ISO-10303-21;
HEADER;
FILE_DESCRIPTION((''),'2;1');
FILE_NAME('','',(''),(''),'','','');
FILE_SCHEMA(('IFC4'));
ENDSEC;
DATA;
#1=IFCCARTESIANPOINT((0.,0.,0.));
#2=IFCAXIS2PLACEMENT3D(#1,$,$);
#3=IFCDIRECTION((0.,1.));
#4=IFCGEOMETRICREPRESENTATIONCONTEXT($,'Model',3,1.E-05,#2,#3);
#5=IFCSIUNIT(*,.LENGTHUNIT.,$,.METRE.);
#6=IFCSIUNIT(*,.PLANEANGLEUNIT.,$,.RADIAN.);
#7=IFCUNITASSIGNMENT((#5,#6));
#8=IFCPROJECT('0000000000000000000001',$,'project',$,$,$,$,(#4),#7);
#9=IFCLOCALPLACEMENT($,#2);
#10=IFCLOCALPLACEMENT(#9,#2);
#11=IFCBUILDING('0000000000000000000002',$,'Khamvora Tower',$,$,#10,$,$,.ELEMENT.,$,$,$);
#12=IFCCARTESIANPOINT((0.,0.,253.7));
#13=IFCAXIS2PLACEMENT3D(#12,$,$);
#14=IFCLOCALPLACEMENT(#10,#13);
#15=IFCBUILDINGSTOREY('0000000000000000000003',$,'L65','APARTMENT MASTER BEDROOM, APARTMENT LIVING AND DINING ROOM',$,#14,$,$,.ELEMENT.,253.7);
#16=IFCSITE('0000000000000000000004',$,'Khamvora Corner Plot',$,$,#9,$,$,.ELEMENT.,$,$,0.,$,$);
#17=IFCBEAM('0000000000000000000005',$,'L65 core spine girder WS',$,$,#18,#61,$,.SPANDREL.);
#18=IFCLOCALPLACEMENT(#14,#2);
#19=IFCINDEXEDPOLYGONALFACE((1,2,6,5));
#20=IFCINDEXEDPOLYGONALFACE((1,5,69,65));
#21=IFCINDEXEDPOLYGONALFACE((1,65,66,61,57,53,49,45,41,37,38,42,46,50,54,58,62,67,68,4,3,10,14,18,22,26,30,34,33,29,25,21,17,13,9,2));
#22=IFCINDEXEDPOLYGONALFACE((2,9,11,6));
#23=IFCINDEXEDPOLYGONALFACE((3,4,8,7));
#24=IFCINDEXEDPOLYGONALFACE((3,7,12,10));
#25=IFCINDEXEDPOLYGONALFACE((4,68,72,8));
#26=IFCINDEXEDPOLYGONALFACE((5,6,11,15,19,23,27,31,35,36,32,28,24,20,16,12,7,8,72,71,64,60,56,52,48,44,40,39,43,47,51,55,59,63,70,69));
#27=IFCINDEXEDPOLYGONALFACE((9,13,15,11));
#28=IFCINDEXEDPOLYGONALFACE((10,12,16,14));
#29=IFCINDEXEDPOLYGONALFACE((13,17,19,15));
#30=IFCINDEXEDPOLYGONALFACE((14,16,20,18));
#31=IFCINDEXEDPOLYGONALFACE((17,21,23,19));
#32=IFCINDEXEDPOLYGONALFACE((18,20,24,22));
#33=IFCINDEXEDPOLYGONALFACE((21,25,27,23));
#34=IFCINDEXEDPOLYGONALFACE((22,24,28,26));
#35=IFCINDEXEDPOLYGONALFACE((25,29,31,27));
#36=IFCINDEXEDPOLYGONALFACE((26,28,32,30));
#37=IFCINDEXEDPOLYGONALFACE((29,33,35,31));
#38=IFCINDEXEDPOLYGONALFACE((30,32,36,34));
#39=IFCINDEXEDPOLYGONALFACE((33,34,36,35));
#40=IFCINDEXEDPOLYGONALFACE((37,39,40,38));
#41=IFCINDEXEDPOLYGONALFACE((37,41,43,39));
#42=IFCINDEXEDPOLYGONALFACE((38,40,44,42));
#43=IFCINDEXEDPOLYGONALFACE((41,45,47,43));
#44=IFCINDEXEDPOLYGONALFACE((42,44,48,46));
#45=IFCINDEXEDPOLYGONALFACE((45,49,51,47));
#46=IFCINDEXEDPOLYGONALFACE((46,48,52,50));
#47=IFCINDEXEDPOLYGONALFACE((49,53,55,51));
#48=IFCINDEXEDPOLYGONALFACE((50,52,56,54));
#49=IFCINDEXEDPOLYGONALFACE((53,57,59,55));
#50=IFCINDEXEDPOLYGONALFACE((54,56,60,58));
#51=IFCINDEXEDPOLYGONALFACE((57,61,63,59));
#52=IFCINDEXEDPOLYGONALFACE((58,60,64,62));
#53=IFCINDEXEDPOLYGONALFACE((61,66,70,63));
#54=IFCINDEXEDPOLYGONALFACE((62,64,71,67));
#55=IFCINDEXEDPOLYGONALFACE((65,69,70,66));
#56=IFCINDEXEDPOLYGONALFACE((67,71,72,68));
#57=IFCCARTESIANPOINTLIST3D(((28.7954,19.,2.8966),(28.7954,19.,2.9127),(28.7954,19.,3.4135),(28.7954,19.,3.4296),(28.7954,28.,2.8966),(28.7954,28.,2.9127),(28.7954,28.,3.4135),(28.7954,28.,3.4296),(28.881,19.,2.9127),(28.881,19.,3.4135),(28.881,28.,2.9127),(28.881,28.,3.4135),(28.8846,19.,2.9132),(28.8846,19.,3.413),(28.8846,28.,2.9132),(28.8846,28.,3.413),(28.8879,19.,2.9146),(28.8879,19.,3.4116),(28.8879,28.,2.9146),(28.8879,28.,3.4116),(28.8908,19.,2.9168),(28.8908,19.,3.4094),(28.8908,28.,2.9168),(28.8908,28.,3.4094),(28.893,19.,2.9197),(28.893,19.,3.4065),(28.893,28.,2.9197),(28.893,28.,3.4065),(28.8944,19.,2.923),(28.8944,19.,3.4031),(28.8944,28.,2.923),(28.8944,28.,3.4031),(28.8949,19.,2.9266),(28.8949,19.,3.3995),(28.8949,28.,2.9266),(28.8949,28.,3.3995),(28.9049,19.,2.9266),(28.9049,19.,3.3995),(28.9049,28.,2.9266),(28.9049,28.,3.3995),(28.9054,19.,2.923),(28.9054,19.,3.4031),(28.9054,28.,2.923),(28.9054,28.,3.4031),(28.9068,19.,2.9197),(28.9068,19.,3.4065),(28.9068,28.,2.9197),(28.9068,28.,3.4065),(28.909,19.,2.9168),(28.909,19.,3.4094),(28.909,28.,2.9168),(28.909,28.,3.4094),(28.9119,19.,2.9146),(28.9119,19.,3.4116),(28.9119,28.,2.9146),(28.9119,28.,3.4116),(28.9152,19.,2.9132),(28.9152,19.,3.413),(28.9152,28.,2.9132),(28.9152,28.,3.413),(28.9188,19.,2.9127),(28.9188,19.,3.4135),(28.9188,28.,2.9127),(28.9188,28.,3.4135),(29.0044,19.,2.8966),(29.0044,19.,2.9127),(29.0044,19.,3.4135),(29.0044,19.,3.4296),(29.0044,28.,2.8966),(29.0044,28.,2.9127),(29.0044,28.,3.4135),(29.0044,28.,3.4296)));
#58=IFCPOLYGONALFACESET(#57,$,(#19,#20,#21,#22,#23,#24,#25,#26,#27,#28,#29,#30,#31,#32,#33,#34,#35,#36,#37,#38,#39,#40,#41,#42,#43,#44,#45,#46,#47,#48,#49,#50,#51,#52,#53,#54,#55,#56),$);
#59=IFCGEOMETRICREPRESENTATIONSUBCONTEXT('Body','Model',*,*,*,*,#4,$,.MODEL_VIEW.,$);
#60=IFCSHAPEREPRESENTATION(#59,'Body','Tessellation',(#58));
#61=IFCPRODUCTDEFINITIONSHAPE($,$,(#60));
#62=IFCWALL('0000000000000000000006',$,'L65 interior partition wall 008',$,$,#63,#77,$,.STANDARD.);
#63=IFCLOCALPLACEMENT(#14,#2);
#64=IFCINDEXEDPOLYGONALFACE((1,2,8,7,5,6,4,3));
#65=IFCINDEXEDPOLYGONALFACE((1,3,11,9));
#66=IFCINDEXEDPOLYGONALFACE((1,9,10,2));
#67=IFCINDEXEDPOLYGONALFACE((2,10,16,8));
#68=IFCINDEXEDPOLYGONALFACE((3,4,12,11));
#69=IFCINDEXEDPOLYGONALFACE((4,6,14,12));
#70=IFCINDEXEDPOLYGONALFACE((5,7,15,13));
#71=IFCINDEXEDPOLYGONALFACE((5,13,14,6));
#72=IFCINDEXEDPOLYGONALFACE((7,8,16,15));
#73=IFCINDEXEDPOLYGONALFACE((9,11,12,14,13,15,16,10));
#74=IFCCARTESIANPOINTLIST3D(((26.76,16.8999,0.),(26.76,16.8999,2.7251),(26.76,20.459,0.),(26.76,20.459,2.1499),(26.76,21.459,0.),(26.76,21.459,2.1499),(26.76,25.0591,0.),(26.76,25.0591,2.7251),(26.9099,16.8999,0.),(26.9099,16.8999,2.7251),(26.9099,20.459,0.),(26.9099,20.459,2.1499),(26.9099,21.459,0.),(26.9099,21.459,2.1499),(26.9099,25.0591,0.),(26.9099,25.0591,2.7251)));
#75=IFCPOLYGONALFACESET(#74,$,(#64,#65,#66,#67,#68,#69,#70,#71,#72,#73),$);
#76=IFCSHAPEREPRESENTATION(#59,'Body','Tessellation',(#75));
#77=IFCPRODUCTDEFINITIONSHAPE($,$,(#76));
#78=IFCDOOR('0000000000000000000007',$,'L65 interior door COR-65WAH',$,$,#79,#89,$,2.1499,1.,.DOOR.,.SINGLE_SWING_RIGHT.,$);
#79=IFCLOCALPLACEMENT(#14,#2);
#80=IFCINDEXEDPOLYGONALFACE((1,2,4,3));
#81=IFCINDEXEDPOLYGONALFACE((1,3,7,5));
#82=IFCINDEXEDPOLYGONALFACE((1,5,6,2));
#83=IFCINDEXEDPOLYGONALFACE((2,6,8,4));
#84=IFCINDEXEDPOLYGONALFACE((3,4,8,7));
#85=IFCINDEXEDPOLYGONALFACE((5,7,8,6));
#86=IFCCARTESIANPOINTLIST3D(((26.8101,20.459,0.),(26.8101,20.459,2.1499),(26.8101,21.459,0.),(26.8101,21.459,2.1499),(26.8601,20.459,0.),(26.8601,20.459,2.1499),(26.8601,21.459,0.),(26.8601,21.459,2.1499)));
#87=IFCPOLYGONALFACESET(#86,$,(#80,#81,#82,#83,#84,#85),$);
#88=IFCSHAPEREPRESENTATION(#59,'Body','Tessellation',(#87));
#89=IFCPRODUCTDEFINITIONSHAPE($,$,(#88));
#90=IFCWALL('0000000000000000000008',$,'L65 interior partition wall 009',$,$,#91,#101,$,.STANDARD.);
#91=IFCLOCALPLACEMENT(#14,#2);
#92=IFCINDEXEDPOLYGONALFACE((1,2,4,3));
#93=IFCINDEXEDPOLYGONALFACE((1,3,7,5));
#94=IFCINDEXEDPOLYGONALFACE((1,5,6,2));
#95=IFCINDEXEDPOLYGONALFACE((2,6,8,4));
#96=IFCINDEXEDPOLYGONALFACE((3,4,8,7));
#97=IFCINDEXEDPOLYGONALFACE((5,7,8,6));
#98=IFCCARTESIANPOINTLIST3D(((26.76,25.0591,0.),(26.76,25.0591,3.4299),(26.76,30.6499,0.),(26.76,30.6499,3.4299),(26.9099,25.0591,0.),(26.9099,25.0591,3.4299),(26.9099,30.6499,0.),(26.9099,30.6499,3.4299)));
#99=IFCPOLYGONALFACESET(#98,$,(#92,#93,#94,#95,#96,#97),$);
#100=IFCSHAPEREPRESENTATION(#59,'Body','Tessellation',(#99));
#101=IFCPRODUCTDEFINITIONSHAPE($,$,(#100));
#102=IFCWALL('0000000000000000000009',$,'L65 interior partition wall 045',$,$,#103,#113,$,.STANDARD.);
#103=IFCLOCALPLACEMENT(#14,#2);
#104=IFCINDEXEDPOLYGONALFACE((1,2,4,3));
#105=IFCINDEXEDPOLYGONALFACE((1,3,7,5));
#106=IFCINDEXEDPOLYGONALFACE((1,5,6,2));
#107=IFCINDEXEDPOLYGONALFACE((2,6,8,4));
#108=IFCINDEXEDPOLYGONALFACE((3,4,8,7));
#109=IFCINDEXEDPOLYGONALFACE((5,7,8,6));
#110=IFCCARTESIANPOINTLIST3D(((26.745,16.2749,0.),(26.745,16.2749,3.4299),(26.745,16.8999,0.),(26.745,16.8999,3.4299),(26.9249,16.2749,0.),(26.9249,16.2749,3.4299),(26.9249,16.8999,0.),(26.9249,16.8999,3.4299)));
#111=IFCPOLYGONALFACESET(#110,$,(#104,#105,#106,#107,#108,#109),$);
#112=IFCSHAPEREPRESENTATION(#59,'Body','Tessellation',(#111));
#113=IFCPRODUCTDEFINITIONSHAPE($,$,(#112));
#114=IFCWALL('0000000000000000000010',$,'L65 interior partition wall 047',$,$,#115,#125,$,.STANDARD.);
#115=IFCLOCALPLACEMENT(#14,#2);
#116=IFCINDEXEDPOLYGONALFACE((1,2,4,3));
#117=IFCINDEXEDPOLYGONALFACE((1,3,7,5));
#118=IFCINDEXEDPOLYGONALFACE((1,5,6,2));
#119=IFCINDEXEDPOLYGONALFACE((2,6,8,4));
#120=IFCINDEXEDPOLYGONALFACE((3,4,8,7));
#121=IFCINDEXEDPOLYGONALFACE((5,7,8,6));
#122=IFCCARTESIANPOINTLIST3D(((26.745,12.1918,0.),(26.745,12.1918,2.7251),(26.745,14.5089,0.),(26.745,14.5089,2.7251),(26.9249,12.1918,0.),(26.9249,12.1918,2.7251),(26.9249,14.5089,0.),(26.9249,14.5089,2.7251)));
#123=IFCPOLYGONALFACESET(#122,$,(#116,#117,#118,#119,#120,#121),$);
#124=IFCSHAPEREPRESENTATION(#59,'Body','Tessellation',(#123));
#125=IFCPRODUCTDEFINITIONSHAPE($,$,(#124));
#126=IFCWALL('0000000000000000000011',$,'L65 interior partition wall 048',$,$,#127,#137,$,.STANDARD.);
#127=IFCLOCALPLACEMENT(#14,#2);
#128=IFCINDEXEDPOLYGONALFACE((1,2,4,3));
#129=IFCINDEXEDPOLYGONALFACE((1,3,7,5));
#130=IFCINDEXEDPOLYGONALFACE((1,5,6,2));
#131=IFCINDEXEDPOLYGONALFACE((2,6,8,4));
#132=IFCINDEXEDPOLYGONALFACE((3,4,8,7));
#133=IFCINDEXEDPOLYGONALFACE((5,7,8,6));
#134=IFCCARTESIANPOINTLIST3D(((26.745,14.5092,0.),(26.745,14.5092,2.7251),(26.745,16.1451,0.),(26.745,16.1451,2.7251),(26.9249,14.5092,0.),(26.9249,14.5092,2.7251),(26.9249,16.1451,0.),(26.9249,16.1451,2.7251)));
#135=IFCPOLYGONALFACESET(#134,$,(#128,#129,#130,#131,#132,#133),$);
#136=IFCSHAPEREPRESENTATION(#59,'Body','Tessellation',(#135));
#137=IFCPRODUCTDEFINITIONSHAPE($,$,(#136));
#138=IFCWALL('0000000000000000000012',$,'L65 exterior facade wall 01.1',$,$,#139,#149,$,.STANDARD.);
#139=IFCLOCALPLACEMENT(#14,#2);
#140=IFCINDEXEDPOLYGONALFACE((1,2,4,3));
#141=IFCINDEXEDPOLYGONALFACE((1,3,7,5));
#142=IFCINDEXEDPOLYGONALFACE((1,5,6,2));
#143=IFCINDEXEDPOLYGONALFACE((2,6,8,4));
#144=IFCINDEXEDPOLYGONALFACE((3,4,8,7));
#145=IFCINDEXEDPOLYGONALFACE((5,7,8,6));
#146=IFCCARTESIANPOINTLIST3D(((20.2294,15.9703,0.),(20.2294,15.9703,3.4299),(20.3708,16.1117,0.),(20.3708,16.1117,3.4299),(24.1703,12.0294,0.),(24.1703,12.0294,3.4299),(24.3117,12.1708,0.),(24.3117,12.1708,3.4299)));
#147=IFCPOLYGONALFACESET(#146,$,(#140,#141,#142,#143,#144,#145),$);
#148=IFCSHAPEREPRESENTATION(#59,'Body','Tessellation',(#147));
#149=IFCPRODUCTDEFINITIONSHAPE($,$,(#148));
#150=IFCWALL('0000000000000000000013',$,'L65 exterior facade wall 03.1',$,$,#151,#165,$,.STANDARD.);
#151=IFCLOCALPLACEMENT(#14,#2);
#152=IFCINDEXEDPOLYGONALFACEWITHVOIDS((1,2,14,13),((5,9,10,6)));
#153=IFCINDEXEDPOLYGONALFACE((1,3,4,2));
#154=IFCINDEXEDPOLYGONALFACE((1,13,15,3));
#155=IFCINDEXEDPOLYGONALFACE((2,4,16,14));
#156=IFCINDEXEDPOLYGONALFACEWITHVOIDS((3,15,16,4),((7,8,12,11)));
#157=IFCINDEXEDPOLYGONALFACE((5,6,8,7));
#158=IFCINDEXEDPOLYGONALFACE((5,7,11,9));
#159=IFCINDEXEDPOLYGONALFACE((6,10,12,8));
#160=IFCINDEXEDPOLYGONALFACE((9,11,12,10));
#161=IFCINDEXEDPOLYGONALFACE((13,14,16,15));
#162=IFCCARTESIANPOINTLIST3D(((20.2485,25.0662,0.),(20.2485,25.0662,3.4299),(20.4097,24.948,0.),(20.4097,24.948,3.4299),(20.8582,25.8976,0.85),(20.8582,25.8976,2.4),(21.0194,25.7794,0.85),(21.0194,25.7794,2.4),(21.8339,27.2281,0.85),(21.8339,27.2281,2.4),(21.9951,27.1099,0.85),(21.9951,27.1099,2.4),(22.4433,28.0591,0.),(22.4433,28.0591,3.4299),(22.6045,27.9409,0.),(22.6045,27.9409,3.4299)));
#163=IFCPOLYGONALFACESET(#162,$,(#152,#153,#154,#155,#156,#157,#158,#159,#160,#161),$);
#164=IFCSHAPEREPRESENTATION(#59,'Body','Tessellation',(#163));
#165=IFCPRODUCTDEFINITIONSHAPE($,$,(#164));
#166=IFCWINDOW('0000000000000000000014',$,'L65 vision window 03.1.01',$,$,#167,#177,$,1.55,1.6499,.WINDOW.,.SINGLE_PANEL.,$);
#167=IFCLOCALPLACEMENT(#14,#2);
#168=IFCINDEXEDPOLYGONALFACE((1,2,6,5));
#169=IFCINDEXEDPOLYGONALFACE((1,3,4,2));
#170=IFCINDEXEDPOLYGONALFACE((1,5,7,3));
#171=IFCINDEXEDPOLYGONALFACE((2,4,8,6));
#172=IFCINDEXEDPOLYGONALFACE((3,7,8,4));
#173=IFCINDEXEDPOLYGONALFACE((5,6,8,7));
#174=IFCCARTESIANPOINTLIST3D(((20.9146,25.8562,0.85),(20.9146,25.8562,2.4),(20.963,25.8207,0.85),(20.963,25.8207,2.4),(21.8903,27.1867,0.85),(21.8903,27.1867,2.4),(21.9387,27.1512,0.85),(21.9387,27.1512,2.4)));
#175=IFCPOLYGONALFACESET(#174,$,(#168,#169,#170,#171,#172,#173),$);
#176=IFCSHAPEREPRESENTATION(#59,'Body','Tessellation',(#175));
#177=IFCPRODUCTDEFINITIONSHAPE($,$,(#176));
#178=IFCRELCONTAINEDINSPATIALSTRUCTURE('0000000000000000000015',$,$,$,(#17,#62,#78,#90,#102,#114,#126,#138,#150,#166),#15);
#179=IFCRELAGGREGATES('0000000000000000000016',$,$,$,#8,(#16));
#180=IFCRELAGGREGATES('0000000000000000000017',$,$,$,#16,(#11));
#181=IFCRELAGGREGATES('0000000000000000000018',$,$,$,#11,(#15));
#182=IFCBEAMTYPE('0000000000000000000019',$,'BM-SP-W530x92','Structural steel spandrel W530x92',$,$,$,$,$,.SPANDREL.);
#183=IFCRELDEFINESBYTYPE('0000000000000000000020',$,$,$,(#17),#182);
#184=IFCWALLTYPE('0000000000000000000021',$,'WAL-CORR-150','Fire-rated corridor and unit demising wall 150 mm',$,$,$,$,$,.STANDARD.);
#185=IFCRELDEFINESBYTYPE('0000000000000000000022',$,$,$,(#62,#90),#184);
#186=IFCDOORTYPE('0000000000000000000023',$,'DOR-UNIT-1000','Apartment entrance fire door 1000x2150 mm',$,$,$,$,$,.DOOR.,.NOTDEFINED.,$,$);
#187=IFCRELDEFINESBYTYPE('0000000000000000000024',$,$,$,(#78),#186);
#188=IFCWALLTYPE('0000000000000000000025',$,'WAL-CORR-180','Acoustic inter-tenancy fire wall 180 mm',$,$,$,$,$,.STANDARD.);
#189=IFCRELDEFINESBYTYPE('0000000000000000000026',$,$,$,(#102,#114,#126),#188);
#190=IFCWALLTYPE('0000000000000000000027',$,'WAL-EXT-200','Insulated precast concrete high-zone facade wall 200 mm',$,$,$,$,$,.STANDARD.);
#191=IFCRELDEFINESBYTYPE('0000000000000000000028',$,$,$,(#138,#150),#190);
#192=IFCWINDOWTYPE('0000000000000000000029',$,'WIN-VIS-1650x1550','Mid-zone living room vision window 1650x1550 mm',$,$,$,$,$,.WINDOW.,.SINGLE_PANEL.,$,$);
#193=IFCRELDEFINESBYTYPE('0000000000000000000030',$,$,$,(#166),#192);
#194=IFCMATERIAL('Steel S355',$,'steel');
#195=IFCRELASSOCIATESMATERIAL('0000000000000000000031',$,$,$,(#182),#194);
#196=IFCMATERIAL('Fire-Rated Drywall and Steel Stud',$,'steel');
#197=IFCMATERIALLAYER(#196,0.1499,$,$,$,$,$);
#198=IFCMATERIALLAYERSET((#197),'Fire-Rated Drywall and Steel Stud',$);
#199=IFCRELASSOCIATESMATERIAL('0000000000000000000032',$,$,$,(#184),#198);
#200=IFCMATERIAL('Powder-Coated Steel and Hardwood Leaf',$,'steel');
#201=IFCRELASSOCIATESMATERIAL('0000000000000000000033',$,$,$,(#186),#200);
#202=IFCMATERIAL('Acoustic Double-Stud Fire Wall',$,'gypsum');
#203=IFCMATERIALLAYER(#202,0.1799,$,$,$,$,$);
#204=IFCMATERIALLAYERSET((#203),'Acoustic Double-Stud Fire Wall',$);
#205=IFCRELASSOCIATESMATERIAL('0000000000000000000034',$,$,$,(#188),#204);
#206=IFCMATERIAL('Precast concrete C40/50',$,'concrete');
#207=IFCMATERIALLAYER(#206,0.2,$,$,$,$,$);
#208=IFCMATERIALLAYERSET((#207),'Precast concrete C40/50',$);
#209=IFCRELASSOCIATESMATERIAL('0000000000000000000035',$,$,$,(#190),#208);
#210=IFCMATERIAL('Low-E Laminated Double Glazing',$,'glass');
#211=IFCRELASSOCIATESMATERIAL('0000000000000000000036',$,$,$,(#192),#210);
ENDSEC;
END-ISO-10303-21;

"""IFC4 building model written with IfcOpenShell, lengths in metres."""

from ifc_helpers import new_model, si_unit, direction, frame, frame_2d, origin, origin_2d, place, context, subcontext, project, spatial, rectangle, i_section, extrude, material, layer, layer_set, material_profile, profile_set, type_object, element, fill, save


model = new_model("IFC4")

# Units and contexts
model_context = context("Model", 3, precision=1e-05, world=origin(), true_north=direction((0.0, 1.0)))
body_context = subcontext(model_context, "Body", "Model", "MODEL_VIEW")
ifc_project = project(units=[si_unit("LENGTHUNIT", "METRE"), si_unit("PLANEANGLEUNIT", "RADIAN")], contexts=[model_context])

# Site, building, storey
site_placement = place(None, origin())
site = spatial("IfcSite", under=ifc_project, at=site_placement, Name="Khamvora Corner Plot", CompositionType="ELEMENT", RefElevation=0.0)
building_placement = place(site_placement, origin())
building = spatial("IfcBuilding", under=site, at=building_placement, Name="Khamvora Tower", CompositionType="ELEMENT")
storey_placement = place(building_placement, frame((0.0, 0.0, 253.7)))
storey = spatial("IfcBuildingStorey", under=building, at=storey_placement, Name="L65", Description="APARTMENT MASTER BEDROOM, APARTMENT LIVING AND DINING ROOM", CompositionType="ELEMENT", Elevation=253.7)

# Shared definitions
ifc_material_1 = material(Name="Steel S355", Category="steel")

# Beam
ifc_material_profile_1 = material_profile(ifc_material_1, i_section(OverallWidth=0.209, OverallDepth=0.533, WebThickness=0.01, FlangeThickness=0.0161, FilletRadius=0.0139, at=origin_2d()), Name="W530x92")
ifc_profile_set_1 = profile_set([ifc_material_profile_1], Name="Steel S355")
beam_type_1 = type_object("IfcBeamType", Name="BM-SP-W530x92", Description="Structural steel spandrel W530x92", PredefinedType="SPANDREL", material=ifc_profile_set_1)
beam_1_placement = place(storey_placement, frame((28.8999, 19.0, 3.1631), z_axis=(0.0, 1.0, 0.0), x_axis=(-1.0, 0.0, 0.0)))
element("IfcBeam", 1, at=beam_1_placement, inside=storey, type_object=beam_type_1, Name="L65 core spine girder WS", PredefinedType="SPANDREL", context=body_context, shape_type="SweptSolid", body=[
    extrude(i_section(OverallWidth=0.209, OverallDepth=0.533, WebThickness=0.01, FlangeThickness=0.0161, FilletRadius=0.0139, at=origin_2d()), origin(), (0.0, 0.0, 1.0), 9.0),
])

# Wall, opening, door
ifc_material_2 = material(Name="Fire-Rated Drywall and Steel Stud", Category="steel")
ifc_layer_1 = layer(ifc_material_2, 0.1499)
ifc_layer_set_1 = layer_set([ifc_layer_1], Name="Fire-Rated Drywall and Steel Stud")
wall_type_1 = type_object("IfcWallType", Name="WAL-CORR-150", Description="Fire-rated corridor and unit demising wall 150 mm", PredefinedType="STANDARD", material=ifc_layer_set_1)
wall_1_placement = place(storey_placement, frame((26.835, 16.8999, 0.0), z_axis=(0.0, 0.0, 1.0), x_axis=(0.0, 1.0, 0.0)))
wall_1 = element("IfcWall", 2, at=wall_1_placement, inside=storey, type_object=wall_type_1, Name="L65 interior partition wall 008", PredefinedType="STANDARD", context=body_context, shape_type="SweptSolid", body=[
    extrude(rectangle(XDim=8.1592, YDim=0.1499, at=frame_2d((4.0796, 0.0))), origin(), (0.0, 0.0, 1.0), 2.7251),
])
opening_1_placement = place(wall_1_placement, frame((3.5591, 0.0, 0.0)))
opening_1 = element("IfcOpeningElement", 3, at=opening_1_placement, cuts=wall_1, PredefinedType="OPENING", context=body_context, shape_type="SweptSolid", body=[
    extrude(rectangle(XDim=1.0, YDim=2.1499, at=frame_2d((0.5, 1.075))), frame((0.0, 0.085, 0.0), z_axis=(0.0, -1.0, 0.0), x_axis=(1.0, 0.0, 0.0)), (0.0, 0.0, 1.0), 0.1699),
])
ifc_material_3 = material(Name="Powder-Coated Steel and Hardwood Leaf", Category="steel")
door_type_1 = type_object("IfcDoorType", Name="DOR-UNIT-1000", Description="Apartment entrance fire door 1000x2150 mm", OperationType="NOTDEFINED", PredefinedType="DOOR", material=ifc_material_3)
door_1_placement = place(opening_1_placement, origin())
door_1 = element("IfcDoor", 4, at=door_1_placement, inside=storey, type_object=door_type_1, Name="L65 interior door COR-65WAH", OperationType="SINGLE_SWING_RIGHT", OverallHeight=2.1499, OverallWidth=1.0, PredefinedType="DOOR", context=body_context, shape_type="SweptSolid", body=[
    extrude(rectangle(XDim=1.0, YDim=2.1499, at=frame_2d((0.5, 1.075))), frame((0.0, 0.0249, 0.0), z_axis=(0.0, -1.0, 0.0), x_axis=(1.0, 0.0, 0.0)), (0.0, 0.0, 1.0), 0.05),
])
fill(opening_1, door_1)

# Walls
wall_2_placement = place(storey_placement, frame((26.835, 25.0591, 0.0), z_axis=(0.0, 0.0, 1.0), x_axis=(0.0, 1.0, 0.0)))
element("IfcWall", 5, at=wall_2_placement, inside=storey, type_object=wall_type_1, Name="L65 interior partition wall 009", PredefinedType="STANDARD", context=body_context, shape_type="SweptSolid", body=[
    extrude(rectangle(XDim=5.5908, YDim=0.1499, at=frame_2d((2.7954, 0.0))), origin(), (0.0, 0.0, 1.0), 3.4299),
])
ifc_material_4 = material(Name="Acoustic Double-Stud Fire Wall", Category="gypsum")
ifc_layer_2 = layer(ifc_material_4, 0.1799)
ifc_layer_set_2 = layer_set([ifc_layer_2], Name="Acoustic Double-Stud Fire Wall")
wall_type_2 = type_object("IfcWallType", Name="WAL-CORR-180", Description="Acoustic inter-tenancy fire wall 180 mm", PredefinedType="STANDARD", material=ifc_layer_set_2)
wall_3_placement = place(storey_placement, frame((26.835, 16.8999, 0.0), z_axis=(0.0, 0.0, 1.0), x_axis=(0.0, -1.0, 0.0)))
element("IfcWall", 6, at=wall_3_placement, inside=storey, type_object=wall_type_2, Name="L65 interior partition wall 045", PredefinedType="STANDARD", context=body_context, shape_type="SweptSolid", body=[
    extrude(rectangle(XDim=0.625, YDim=0.1799, at=frame_2d((0.3125, 0.0))), origin(), (0.0, 0.0, 1.0), 3.4299),
])
wall_4_placement = place(storey_placement, frame((26.835, 14.509, 0.0), z_axis=(0.0, 0.0, 1.0), x_axis=(0.0, -1.0, 0.0)))
element("IfcWall", 7, at=wall_4_placement, inside=storey, type_object=wall_type_2, Name="L65 interior partition wall 047", PredefinedType="STANDARD", context=body_context, shape_type="SweptSolid", body=[
    extrude(rectangle(XDim=2.3171, YDim=0.1799, at=frame_2d((1.1587, 0.0))), origin(), (0.0, 0.0, 1.0), 2.7251),
])
wall_5_placement = place(storey_placement, frame((26.835, 16.145, 0.0), z_axis=(0.0, 0.0, 1.0), x_axis=(0.0, -1.0, 0.0)))
element("IfcWall", 8, at=wall_5_placement, inside=storey, type_object=wall_type_2, Name="L65 interior partition wall 048", PredefinedType="STANDARD", context=body_context, shape_type="SweptSolid", body=[
    extrude(rectangle(XDim=1.636, YDim=0.1799, at=frame_2d((0.8179, 0.0))), origin(), (0.0, 0.0, 1.0), 2.7251),
])
ifc_material_5 = material(Name="Precast concrete C40/50", Category="concrete")
ifc_layer_3 = layer(ifc_material_5, 0.2)
ifc_layer_set_3 = layer_set([ifc_layer_3], Name="Precast concrete C40/50")
wall_type_3 = type_object("IfcWallType", Name="WAL-EXT-200", Description="Insulated precast concrete high-zone facade wall 200 mm", PredefinedType="STANDARD", material=ifc_layer_set_3)
wall_6_placement = place(storey_placement, frame((24.241, 12.1001, 0.0), z_axis=(0.0, 0.0, 1.0), x_axis=(-0.707107, 0.707107, 0.0)))
element("IfcWall", 9, at=wall_6_placement, inside=storey, type_object=wall_type_3, Name="L65 exterior facade wall 01.1", PredefinedType="STANDARD", context=body_context, shape_type="SweptSolid", body=[
    extrude(rectangle(XDim=5.5732, YDim=0.2, at=frame_2d((2.7866, 0.0))), origin(), (0.0, 0.0, 1.0), 3.4299),
])

# Wall, opening, window
wall_7_placement = place(storey_placement, frame((20.3291, 25.0071, 0.0), z_axis=(0.0, 0.0, 1.0), x_axis=(0.591367, 0.806403, 0.0)))
wall_7 = element("IfcWall", 10, at=wall_7_placement, inside=storey, type_object=wall_type_3, Name="L65 exterior facade wall 03.1", PredefinedType="STANDARD", context=body_context, shape_type="SweptSolid", body=[
    extrude(rectangle(XDim=3.7114, YDim=0.2, at=frame_2d((1.8557, 0.0))), origin(), (0.0, 0.0, 1.0), 3.4299),
])
opening_2_placement = place(wall_7_placement, frame((1.031, 0.0, 0.8501)))
opening_2 = element("IfcOpeningElement", 11, at=opening_2_placement, cuts=wall_7, PredefinedType="OPENING", context=body_context, shape_type="SweptSolid", body=[
    extrude(rectangle(XDim=1.6499, YDim=1.55, at=frame_2d((0.825, 0.7749))), frame((0.0, 0.1099, 0.0), z_axis=(0.0, -1.0, 0.0), x_axis=(1.0, 0.0, 0.0)), (0.0, 0.0, 1.0), 0.22),
])
ifc_material_6 = material(Name="Low-E Laminated Double Glazing", Category="glass")
window_type = type_object("IfcWindowType", Name="WIN-VIS-1650x1550", Description="Mid-zone living room vision window 1650x1550 mm", PartitioningType="SINGLE_PANEL", PredefinedType="WINDOW", material=ifc_material_6)
window_placement = place(opening_2_placement, origin())
window = element("IfcWindow", 12, at=window_placement, inside=storey, type_object=window_type, Name="L65 vision window 03.1.01", OverallHeight=1.55, OverallWidth=1.6499, PartitioningType="SINGLE_PANEL", PredefinedType="WINDOW", context=body_context, shape_type="SweptSolid", body=[
    extrude(rectangle(XDim=1.6499, YDim=1.55, at=frame_2d((0.825, 0.7749))), frame((0.0, 0.03, 0.0), z_axis=(0.0, -1.0, 0.0), x_axis=(1.0, 0.0, 0.0)), (0.0, 0.0, 1.0), 0.0601),
])
fill(opening_2, window)

save(model, "model.ifc")
